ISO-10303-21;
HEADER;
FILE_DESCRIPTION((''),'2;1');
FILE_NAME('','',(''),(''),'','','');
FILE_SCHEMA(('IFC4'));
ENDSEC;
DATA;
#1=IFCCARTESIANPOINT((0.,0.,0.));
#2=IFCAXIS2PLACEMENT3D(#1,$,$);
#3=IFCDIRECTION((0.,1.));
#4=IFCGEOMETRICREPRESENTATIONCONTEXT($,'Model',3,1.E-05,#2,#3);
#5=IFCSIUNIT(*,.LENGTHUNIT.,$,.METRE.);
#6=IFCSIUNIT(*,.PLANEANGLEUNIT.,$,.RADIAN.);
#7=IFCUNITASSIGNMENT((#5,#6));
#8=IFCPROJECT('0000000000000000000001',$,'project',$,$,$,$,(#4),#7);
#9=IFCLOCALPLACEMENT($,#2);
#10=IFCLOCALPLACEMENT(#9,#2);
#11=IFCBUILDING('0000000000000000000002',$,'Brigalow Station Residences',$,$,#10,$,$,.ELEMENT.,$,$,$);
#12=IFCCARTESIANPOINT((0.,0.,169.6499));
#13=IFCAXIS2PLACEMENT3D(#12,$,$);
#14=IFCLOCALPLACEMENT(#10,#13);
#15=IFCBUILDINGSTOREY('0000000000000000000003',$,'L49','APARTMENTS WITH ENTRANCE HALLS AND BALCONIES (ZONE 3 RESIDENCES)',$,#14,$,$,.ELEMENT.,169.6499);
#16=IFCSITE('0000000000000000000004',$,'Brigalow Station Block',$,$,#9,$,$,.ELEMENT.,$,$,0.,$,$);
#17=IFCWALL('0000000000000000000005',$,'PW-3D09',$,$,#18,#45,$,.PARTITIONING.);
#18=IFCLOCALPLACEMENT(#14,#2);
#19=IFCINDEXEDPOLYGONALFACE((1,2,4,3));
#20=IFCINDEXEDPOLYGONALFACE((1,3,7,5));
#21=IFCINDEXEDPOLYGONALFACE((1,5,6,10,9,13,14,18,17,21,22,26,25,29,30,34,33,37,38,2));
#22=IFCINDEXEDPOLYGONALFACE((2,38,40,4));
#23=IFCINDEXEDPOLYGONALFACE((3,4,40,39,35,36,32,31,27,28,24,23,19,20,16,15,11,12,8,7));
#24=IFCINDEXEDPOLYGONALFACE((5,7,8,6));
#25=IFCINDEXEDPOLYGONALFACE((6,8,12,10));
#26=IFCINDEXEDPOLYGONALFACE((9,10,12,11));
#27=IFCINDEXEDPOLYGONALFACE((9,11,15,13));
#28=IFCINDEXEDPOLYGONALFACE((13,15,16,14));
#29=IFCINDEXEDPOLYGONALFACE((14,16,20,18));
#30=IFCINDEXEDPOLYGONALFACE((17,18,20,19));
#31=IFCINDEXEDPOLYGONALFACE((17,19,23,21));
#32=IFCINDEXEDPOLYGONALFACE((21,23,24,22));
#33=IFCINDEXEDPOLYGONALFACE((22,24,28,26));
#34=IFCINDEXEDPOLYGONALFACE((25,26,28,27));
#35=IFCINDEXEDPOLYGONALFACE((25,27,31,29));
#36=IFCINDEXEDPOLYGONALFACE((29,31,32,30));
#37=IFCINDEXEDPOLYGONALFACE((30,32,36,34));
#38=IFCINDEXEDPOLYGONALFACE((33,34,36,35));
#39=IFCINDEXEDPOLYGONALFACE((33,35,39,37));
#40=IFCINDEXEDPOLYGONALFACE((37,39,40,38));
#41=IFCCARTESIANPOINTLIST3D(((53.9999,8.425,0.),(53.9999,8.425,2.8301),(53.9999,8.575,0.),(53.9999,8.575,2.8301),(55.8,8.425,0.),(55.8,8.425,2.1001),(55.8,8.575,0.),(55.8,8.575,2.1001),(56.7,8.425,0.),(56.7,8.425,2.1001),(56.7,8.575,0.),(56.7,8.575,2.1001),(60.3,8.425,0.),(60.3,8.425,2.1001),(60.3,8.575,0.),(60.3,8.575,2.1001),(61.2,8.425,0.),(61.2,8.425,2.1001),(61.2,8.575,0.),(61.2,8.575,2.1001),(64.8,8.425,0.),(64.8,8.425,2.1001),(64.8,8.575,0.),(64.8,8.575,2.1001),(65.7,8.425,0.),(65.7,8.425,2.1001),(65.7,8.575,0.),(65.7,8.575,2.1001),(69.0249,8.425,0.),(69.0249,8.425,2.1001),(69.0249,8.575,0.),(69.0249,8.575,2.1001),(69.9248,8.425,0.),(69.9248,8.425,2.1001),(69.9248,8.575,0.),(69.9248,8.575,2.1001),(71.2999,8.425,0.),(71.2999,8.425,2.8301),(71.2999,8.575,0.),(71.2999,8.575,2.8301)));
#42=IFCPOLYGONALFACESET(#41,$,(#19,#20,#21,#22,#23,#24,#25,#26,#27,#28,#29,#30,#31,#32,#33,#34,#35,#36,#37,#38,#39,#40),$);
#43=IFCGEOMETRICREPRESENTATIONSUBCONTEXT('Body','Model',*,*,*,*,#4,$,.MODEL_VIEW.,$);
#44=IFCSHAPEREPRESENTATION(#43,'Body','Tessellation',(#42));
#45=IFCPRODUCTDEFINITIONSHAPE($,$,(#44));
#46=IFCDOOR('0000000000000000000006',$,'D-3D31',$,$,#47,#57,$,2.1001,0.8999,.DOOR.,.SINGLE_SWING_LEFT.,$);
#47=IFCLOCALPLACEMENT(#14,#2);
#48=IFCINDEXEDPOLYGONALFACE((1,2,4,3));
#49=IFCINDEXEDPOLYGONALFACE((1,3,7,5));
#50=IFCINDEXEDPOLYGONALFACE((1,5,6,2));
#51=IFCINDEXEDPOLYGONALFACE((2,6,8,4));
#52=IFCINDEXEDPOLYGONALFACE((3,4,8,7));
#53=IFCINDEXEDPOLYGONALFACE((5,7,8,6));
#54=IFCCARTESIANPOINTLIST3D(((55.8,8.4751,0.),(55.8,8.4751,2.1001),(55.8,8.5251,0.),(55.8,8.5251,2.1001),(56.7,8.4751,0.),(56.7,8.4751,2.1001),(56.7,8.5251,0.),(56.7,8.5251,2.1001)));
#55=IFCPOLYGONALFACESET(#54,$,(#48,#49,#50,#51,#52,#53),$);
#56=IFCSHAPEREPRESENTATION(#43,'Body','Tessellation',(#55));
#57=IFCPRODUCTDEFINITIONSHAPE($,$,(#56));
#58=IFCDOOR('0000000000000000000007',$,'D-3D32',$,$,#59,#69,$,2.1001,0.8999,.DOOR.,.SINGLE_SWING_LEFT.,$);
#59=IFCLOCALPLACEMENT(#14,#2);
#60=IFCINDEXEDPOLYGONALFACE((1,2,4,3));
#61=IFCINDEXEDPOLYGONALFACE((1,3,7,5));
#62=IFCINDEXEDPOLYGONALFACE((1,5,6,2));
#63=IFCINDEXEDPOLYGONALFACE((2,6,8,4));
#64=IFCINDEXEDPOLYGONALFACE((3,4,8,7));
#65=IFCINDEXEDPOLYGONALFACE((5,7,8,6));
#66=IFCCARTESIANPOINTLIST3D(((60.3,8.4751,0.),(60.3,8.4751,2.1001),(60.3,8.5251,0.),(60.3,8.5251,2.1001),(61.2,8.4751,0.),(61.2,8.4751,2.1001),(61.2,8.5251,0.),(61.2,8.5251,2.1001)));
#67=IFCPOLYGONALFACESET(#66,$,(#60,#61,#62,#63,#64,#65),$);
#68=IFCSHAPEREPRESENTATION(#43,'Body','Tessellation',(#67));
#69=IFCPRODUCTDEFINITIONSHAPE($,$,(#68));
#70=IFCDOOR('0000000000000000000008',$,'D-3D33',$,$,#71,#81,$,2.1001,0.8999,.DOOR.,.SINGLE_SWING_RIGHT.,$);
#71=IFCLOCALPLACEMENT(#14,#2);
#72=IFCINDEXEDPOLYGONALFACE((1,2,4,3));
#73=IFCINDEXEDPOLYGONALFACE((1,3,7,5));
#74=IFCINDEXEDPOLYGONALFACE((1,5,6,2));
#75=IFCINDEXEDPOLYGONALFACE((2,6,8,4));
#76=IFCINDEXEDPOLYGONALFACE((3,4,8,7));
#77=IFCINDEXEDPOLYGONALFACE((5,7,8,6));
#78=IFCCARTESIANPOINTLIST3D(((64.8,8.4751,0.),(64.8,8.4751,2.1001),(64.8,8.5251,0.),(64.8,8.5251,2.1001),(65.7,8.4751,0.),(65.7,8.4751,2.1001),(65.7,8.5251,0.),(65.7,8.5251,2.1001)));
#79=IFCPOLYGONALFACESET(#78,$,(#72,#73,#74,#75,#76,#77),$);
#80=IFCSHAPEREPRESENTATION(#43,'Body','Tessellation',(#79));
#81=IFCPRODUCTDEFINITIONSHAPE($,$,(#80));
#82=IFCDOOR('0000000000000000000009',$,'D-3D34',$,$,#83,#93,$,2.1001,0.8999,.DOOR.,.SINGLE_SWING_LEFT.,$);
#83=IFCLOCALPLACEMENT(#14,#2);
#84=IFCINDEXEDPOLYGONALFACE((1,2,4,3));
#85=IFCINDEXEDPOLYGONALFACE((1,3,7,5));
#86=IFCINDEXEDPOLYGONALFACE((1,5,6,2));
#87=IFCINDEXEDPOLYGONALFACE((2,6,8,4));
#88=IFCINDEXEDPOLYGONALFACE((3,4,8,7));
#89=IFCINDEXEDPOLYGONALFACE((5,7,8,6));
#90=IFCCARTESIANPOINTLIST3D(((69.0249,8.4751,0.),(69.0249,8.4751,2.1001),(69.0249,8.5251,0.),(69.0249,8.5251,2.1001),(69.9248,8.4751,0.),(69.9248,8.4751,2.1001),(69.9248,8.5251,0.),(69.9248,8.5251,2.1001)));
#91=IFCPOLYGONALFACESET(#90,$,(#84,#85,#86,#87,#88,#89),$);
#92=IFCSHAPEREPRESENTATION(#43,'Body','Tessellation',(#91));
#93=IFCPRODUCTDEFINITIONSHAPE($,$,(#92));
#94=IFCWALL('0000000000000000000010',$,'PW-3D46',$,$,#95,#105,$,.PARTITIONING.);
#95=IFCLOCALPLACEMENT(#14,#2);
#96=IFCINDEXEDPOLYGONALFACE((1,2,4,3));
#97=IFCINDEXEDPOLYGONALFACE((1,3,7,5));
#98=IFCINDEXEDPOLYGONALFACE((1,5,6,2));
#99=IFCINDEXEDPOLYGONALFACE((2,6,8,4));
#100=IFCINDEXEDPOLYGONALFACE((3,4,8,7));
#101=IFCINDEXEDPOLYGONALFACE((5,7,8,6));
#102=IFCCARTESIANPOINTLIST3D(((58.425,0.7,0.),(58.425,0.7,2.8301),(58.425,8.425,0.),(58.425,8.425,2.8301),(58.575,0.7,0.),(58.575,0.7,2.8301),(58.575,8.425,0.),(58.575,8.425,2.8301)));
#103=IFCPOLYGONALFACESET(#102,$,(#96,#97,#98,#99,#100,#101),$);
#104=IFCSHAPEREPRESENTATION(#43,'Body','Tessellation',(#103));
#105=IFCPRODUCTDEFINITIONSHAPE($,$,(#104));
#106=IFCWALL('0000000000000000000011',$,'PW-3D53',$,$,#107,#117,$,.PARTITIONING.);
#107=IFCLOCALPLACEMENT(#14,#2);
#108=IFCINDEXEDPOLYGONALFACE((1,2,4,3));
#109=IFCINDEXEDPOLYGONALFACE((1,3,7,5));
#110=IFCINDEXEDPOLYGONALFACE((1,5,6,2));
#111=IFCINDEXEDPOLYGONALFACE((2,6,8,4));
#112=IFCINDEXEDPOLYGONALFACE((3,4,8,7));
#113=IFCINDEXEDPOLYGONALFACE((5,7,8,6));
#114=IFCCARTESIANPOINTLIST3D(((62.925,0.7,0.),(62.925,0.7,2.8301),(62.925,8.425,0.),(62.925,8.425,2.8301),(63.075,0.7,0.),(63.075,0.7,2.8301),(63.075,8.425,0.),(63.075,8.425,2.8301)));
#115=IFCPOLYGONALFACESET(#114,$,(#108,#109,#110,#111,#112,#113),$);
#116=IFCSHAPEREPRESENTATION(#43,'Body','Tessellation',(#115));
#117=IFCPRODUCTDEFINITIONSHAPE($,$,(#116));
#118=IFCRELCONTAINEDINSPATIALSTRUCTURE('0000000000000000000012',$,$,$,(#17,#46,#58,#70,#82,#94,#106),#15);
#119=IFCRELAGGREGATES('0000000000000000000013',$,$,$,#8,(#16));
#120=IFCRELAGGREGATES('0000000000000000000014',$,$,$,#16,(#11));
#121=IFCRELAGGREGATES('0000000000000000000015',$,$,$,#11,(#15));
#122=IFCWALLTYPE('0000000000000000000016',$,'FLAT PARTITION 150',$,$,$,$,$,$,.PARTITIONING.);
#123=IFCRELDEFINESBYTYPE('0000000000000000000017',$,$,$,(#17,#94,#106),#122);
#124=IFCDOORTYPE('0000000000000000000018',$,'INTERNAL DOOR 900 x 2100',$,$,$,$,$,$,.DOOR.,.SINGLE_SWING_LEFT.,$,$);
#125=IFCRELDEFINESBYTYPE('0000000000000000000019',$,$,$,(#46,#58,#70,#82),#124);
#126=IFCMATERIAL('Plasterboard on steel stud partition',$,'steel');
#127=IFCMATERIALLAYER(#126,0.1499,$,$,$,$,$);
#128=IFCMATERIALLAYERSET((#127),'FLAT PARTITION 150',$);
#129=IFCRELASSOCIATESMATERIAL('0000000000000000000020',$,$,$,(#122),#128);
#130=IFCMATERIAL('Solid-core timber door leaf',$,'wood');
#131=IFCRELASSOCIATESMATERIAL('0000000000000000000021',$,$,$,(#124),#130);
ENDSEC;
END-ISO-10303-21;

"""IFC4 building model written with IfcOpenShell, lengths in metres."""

from ifc_helpers import new_model, si_unit, direction, frame, frame_2d, origin, place, context, subcontext, project, spatial, rectangle, extrude, material, layer, layer_set, type_object, element, fill, save


model = new_model("IFC4")

# Units and contexts
model_context = context("Model", 3, precision=1e-05, world=origin(), true_north=direction((0.0, 1.0)))
body_context = subcontext(model_context, "Body", "Model", "MODEL_VIEW")
ifc_project = project(units=[si_unit("LENGTHUNIT", "METRE"), si_unit("PLANEANGLEUNIT", "RADIAN")], contexts=[model_context])

# Site, building, storey
site_placement = place(None, origin())
site = spatial("IfcSite", under=ifc_project, at=site_placement, Name="Brigalow Station Block", CompositionType="ELEMENT", RefElevation=0.0)
building_placement = place(site_placement, origin())
building = spatial("IfcBuilding", under=site, at=building_placement, Name="Brigalow Station Residences", CompositionType="ELEMENT")
storey_placement = place(building_placement, frame((0.0, 0.0, 169.6499)))
storey = spatial("IfcBuildingStorey", under=building, at=storey_placement, Name="L49", Description="APARTMENTS WITH ENTRANCE HALLS AND BALCONIES (ZONE 3 RESIDENCES)", CompositionType="ELEMENT", Elevation=169.6499)

# Wall, openings, doors
ifc_material_1 = material(Name="Plasterboard on steel stud partition", Category="steel")
ifc_layer_1 = layer(ifc_material_1, 0.1499)
ifc_layer_set_1 = layer_set([ifc_layer_1], Name="FLAT PARTITION 150")
wall_type_1 = type_object("IfcWallType", Name="FLAT PARTITION 150", PredefinedType="PARTITIONING", material=ifc_layer_set_1)
wall_1_placement = place(storey_placement, frame((54.0, 8.5, 0.0), z_axis=(0.0, 0.0, 1.0), x_axis=(1.0, 0.0, 0.0)))
wall_1 = element("IfcWall", 1, at=wall_1_placement, inside=storey, type_object=wall_type_1, Name="PW-3D09", PredefinedType="PARTITIONING", context=body_context, shape_type="SweptSolid", body=[
    extrude(rectangle(XDim=17.3, YDim=0.1499, at=frame_2d((8.6499, 0.0))), origin(), (0.0, 0.0, 1.0), 2.8301),
])
opening_1_placement = place(wall_1_placement, frame((1.8, 0.0, 0.0)))
opening_1 = element("IfcOpeningElement", 2, at=opening_1_placement, cuts=wall_1, PredefinedType="OPENING", context=body_context, shape_type="SweptSolid", body=[
    extrude(rectangle(XDim=0.8999, YDim=2.1001, at=frame_2d((0.45, 1.05))), frame((0.0, 0.085, 0.0), z_axis=(0.0, -1.0, 0.0), x_axis=(1.0, 0.0, 0.0)), (0.0, 0.0, 1.0), 0.1699),
])
opening_2_placement = place(wall_1_placement, frame((6.3, 0.0, 0.0)))
opening_2 = element("IfcOpeningElement", 3, at=opening_2_placement, cuts=wall_1, PredefinedType="OPENING", context=body_context, shape_type="SweptSolid", body=[
    extrude(rectangle(XDim=0.8999, YDim=2.1001, at=frame_2d((0.45, 1.05))), frame((0.0, 0.085, 0.0), z_axis=(0.0, -1.0, 0.0), x_axis=(1.0, 0.0, 0.0)), (0.0, 0.0, 1.0), 0.1699),
])
opening_3_placement = place(wall_1_placement, frame((10.8, 0.0, 0.0)))
opening_3 = element("IfcOpeningElement", 4, at=opening_3_placement, cuts=wall_1, PredefinedType="OPENING", context=body_context, shape_type="SweptSolid", body=[
    extrude(rectangle(XDim=0.8999, YDim=2.1001, at=frame_2d((0.45, 1.05))), frame((0.0, 0.085, 0.0), z_axis=(0.0, -1.0, 0.0), x_axis=(1.0, 0.0, 0.0)), (0.0, 0.0, 1.0), 0.1699),
])
opening_4_placement = place(wall_1_placement, frame((15.0249, 0.0, 0.0)))
opening_4 = element("IfcOpeningElement", 5, at=opening_4_placement, cuts=wall_1, PredefinedType="OPENING", context=body_context, shape_type="SweptSolid", body=[
    extrude(rectangle(XDim=0.8999, YDim=2.1001, at=frame_2d((0.45, 1.05))), frame((0.0, 0.085, 0.0), z_axis=(0.0, -1.0, 0.0), x_axis=(1.0, 0.0, 0.0)), (0.0, 0.0, 1.0), 0.1699),
])
ifc_material_2 = material(Name="Solid-core timber door leaf", Category="wood")
door_type = type_object("IfcDoorType", Name="INTERNAL DOOR 900 x 2100", OperationType="SINGLE_SWING_LEFT", PredefinedType="DOOR", material=ifc_material_2)
door_1_placement = place(opening_1_placement, frame((0.8999, 0.0, 0.0), z_axis=(0.0, 0.0, 1.0), x_axis=(-1.0, 0.0, 0.0)))
door_1 = element("IfcDoor", 6, at=door_1_placement, inside=storey, type_object=door_type, Name="D-3D31", OperationType="SINGLE_SWING_LEFT", OverallHeight=2.1001, OverallWidth=0.8999, PredefinedType="DOOR", context=body_context, shape_type="SweptSolid", body=[
    extrude(rectangle(XDim=0.8999, YDim=2.1001, at=frame_2d((0.45, 1.05))), frame((0.0, 0.0249, 0.0), z_axis=(0.0, -1.0, 0.0), x_axis=(1.0, 0.0, 0.0)), (0.0, 0.0, 1.0), 0.05),
])
fill(opening_1, door_1)
door_2_placement = place(opening_2_placement, frame((0.8999, 0.0, 0.0), z_axis=(0.0, 0.0, 1.0), x_axis=(-1.0, 0.0, 0.0)))
door_2 = element("IfcDoor", 7, at=door_2_placement, inside=storey, type_object=door_type, Name="D-3D32", OperationType="SINGLE_SWING_LEFT", OverallHeight=2.1001, OverallWidth=0.8999, PredefinedType="DOOR", context=body_context, shape_type="SweptSolid", body=[
    extrude(rectangle(XDim=0.8999, YDim=2.1001, at=frame_2d((0.45, 1.05))), frame((0.0, 0.0249, 0.0), z_axis=(0.0, -1.0, 0.0), x_axis=(1.0, 0.0, 0.0)), (0.0, 0.0, 1.0), 0.05),
])
fill(opening_2, door_2)
door_3_placement = place(opening_3_placement, frame((0.8999, 0.0, 0.0), z_axis=(0.0, 0.0, 1.0), x_axis=(-1.0, 0.0, 0.0)))
door_3 = element("IfcDoor", 8, at=door_3_placement, inside=storey, type_object=door_type, Name="D-3D33", OperationType="SINGLE_SWING_RIGHT", OverallHeight=2.1001, OverallWidth=0.8999, PredefinedType="DOOR", context=body_context, shape_type="SweptSolid", body=[
    extrude(rectangle(XDim=0.8999, YDim=2.1001, at=frame_2d((0.45, 1.05))), frame((0.0, 0.0249, 0.0), z_axis=(0.0, -1.0, 0.0), x_axis=(1.0, 0.0, 0.0)), (0.0, 0.0, 1.0), 0.05),
])
fill(opening_3, door_3)
door_4_placement = place(opening_4_placement, frame((0.8999, 0.0, 0.0), z_axis=(0.0, 0.0, 1.0), x_axis=(-1.0, 0.0, 0.0)))
door_4 = element("IfcDoor", 9, at=door_4_placement, inside=storey, type_object=door_type, Name="D-3D34", OperationType="SINGLE_SWING_LEFT", OverallHeight=2.1001, OverallWidth=0.8999, PredefinedType="DOOR", context=body_context, shape_type="SweptSolid", body=[
    extrude(rectangle(XDim=0.8999, YDim=2.1001, at=frame_2d((0.45, 1.05))), frame((0.0, 0.0249, 0.0), z_axis=(0.0, -1.0, 0.0), x_axis=(1.0, 0.0, 0.0)), (0.0, 0.0, 1.0), 0.05),
])
fill(opening_4, door_4)

# Walls
for number, where, z_axis, x_axis, name in (
    (10, (58.5, 0.7, 0.0), (0.0, 0.0, 1.0), (0.0, 1.0, 0.0), "PW-3D46"),
    (11, (63.0, 0.7, 0.0), (0.0, 0.0, 1.0), (0.0, 1.0, 0.0), "PW-3D53"),
):
    element("IfcWall", number, at=place(storey_placement, frame(where, z_axis=z_axis, x_axis=x_axis)), inside=storey, type_object=wall_type_1, Name=name, PredefinedType="PARTITIONING", context=body_context, shape_type="SweptSolid", body=[
        extrude(rectangle(XDim=7.7251, YDim=0.1499, at=frame_2d((3.8625, 0.0))), origin(), (0.0, 0.0, 1.0), 2.8301),
    ])

save(model, "model.ifc")
